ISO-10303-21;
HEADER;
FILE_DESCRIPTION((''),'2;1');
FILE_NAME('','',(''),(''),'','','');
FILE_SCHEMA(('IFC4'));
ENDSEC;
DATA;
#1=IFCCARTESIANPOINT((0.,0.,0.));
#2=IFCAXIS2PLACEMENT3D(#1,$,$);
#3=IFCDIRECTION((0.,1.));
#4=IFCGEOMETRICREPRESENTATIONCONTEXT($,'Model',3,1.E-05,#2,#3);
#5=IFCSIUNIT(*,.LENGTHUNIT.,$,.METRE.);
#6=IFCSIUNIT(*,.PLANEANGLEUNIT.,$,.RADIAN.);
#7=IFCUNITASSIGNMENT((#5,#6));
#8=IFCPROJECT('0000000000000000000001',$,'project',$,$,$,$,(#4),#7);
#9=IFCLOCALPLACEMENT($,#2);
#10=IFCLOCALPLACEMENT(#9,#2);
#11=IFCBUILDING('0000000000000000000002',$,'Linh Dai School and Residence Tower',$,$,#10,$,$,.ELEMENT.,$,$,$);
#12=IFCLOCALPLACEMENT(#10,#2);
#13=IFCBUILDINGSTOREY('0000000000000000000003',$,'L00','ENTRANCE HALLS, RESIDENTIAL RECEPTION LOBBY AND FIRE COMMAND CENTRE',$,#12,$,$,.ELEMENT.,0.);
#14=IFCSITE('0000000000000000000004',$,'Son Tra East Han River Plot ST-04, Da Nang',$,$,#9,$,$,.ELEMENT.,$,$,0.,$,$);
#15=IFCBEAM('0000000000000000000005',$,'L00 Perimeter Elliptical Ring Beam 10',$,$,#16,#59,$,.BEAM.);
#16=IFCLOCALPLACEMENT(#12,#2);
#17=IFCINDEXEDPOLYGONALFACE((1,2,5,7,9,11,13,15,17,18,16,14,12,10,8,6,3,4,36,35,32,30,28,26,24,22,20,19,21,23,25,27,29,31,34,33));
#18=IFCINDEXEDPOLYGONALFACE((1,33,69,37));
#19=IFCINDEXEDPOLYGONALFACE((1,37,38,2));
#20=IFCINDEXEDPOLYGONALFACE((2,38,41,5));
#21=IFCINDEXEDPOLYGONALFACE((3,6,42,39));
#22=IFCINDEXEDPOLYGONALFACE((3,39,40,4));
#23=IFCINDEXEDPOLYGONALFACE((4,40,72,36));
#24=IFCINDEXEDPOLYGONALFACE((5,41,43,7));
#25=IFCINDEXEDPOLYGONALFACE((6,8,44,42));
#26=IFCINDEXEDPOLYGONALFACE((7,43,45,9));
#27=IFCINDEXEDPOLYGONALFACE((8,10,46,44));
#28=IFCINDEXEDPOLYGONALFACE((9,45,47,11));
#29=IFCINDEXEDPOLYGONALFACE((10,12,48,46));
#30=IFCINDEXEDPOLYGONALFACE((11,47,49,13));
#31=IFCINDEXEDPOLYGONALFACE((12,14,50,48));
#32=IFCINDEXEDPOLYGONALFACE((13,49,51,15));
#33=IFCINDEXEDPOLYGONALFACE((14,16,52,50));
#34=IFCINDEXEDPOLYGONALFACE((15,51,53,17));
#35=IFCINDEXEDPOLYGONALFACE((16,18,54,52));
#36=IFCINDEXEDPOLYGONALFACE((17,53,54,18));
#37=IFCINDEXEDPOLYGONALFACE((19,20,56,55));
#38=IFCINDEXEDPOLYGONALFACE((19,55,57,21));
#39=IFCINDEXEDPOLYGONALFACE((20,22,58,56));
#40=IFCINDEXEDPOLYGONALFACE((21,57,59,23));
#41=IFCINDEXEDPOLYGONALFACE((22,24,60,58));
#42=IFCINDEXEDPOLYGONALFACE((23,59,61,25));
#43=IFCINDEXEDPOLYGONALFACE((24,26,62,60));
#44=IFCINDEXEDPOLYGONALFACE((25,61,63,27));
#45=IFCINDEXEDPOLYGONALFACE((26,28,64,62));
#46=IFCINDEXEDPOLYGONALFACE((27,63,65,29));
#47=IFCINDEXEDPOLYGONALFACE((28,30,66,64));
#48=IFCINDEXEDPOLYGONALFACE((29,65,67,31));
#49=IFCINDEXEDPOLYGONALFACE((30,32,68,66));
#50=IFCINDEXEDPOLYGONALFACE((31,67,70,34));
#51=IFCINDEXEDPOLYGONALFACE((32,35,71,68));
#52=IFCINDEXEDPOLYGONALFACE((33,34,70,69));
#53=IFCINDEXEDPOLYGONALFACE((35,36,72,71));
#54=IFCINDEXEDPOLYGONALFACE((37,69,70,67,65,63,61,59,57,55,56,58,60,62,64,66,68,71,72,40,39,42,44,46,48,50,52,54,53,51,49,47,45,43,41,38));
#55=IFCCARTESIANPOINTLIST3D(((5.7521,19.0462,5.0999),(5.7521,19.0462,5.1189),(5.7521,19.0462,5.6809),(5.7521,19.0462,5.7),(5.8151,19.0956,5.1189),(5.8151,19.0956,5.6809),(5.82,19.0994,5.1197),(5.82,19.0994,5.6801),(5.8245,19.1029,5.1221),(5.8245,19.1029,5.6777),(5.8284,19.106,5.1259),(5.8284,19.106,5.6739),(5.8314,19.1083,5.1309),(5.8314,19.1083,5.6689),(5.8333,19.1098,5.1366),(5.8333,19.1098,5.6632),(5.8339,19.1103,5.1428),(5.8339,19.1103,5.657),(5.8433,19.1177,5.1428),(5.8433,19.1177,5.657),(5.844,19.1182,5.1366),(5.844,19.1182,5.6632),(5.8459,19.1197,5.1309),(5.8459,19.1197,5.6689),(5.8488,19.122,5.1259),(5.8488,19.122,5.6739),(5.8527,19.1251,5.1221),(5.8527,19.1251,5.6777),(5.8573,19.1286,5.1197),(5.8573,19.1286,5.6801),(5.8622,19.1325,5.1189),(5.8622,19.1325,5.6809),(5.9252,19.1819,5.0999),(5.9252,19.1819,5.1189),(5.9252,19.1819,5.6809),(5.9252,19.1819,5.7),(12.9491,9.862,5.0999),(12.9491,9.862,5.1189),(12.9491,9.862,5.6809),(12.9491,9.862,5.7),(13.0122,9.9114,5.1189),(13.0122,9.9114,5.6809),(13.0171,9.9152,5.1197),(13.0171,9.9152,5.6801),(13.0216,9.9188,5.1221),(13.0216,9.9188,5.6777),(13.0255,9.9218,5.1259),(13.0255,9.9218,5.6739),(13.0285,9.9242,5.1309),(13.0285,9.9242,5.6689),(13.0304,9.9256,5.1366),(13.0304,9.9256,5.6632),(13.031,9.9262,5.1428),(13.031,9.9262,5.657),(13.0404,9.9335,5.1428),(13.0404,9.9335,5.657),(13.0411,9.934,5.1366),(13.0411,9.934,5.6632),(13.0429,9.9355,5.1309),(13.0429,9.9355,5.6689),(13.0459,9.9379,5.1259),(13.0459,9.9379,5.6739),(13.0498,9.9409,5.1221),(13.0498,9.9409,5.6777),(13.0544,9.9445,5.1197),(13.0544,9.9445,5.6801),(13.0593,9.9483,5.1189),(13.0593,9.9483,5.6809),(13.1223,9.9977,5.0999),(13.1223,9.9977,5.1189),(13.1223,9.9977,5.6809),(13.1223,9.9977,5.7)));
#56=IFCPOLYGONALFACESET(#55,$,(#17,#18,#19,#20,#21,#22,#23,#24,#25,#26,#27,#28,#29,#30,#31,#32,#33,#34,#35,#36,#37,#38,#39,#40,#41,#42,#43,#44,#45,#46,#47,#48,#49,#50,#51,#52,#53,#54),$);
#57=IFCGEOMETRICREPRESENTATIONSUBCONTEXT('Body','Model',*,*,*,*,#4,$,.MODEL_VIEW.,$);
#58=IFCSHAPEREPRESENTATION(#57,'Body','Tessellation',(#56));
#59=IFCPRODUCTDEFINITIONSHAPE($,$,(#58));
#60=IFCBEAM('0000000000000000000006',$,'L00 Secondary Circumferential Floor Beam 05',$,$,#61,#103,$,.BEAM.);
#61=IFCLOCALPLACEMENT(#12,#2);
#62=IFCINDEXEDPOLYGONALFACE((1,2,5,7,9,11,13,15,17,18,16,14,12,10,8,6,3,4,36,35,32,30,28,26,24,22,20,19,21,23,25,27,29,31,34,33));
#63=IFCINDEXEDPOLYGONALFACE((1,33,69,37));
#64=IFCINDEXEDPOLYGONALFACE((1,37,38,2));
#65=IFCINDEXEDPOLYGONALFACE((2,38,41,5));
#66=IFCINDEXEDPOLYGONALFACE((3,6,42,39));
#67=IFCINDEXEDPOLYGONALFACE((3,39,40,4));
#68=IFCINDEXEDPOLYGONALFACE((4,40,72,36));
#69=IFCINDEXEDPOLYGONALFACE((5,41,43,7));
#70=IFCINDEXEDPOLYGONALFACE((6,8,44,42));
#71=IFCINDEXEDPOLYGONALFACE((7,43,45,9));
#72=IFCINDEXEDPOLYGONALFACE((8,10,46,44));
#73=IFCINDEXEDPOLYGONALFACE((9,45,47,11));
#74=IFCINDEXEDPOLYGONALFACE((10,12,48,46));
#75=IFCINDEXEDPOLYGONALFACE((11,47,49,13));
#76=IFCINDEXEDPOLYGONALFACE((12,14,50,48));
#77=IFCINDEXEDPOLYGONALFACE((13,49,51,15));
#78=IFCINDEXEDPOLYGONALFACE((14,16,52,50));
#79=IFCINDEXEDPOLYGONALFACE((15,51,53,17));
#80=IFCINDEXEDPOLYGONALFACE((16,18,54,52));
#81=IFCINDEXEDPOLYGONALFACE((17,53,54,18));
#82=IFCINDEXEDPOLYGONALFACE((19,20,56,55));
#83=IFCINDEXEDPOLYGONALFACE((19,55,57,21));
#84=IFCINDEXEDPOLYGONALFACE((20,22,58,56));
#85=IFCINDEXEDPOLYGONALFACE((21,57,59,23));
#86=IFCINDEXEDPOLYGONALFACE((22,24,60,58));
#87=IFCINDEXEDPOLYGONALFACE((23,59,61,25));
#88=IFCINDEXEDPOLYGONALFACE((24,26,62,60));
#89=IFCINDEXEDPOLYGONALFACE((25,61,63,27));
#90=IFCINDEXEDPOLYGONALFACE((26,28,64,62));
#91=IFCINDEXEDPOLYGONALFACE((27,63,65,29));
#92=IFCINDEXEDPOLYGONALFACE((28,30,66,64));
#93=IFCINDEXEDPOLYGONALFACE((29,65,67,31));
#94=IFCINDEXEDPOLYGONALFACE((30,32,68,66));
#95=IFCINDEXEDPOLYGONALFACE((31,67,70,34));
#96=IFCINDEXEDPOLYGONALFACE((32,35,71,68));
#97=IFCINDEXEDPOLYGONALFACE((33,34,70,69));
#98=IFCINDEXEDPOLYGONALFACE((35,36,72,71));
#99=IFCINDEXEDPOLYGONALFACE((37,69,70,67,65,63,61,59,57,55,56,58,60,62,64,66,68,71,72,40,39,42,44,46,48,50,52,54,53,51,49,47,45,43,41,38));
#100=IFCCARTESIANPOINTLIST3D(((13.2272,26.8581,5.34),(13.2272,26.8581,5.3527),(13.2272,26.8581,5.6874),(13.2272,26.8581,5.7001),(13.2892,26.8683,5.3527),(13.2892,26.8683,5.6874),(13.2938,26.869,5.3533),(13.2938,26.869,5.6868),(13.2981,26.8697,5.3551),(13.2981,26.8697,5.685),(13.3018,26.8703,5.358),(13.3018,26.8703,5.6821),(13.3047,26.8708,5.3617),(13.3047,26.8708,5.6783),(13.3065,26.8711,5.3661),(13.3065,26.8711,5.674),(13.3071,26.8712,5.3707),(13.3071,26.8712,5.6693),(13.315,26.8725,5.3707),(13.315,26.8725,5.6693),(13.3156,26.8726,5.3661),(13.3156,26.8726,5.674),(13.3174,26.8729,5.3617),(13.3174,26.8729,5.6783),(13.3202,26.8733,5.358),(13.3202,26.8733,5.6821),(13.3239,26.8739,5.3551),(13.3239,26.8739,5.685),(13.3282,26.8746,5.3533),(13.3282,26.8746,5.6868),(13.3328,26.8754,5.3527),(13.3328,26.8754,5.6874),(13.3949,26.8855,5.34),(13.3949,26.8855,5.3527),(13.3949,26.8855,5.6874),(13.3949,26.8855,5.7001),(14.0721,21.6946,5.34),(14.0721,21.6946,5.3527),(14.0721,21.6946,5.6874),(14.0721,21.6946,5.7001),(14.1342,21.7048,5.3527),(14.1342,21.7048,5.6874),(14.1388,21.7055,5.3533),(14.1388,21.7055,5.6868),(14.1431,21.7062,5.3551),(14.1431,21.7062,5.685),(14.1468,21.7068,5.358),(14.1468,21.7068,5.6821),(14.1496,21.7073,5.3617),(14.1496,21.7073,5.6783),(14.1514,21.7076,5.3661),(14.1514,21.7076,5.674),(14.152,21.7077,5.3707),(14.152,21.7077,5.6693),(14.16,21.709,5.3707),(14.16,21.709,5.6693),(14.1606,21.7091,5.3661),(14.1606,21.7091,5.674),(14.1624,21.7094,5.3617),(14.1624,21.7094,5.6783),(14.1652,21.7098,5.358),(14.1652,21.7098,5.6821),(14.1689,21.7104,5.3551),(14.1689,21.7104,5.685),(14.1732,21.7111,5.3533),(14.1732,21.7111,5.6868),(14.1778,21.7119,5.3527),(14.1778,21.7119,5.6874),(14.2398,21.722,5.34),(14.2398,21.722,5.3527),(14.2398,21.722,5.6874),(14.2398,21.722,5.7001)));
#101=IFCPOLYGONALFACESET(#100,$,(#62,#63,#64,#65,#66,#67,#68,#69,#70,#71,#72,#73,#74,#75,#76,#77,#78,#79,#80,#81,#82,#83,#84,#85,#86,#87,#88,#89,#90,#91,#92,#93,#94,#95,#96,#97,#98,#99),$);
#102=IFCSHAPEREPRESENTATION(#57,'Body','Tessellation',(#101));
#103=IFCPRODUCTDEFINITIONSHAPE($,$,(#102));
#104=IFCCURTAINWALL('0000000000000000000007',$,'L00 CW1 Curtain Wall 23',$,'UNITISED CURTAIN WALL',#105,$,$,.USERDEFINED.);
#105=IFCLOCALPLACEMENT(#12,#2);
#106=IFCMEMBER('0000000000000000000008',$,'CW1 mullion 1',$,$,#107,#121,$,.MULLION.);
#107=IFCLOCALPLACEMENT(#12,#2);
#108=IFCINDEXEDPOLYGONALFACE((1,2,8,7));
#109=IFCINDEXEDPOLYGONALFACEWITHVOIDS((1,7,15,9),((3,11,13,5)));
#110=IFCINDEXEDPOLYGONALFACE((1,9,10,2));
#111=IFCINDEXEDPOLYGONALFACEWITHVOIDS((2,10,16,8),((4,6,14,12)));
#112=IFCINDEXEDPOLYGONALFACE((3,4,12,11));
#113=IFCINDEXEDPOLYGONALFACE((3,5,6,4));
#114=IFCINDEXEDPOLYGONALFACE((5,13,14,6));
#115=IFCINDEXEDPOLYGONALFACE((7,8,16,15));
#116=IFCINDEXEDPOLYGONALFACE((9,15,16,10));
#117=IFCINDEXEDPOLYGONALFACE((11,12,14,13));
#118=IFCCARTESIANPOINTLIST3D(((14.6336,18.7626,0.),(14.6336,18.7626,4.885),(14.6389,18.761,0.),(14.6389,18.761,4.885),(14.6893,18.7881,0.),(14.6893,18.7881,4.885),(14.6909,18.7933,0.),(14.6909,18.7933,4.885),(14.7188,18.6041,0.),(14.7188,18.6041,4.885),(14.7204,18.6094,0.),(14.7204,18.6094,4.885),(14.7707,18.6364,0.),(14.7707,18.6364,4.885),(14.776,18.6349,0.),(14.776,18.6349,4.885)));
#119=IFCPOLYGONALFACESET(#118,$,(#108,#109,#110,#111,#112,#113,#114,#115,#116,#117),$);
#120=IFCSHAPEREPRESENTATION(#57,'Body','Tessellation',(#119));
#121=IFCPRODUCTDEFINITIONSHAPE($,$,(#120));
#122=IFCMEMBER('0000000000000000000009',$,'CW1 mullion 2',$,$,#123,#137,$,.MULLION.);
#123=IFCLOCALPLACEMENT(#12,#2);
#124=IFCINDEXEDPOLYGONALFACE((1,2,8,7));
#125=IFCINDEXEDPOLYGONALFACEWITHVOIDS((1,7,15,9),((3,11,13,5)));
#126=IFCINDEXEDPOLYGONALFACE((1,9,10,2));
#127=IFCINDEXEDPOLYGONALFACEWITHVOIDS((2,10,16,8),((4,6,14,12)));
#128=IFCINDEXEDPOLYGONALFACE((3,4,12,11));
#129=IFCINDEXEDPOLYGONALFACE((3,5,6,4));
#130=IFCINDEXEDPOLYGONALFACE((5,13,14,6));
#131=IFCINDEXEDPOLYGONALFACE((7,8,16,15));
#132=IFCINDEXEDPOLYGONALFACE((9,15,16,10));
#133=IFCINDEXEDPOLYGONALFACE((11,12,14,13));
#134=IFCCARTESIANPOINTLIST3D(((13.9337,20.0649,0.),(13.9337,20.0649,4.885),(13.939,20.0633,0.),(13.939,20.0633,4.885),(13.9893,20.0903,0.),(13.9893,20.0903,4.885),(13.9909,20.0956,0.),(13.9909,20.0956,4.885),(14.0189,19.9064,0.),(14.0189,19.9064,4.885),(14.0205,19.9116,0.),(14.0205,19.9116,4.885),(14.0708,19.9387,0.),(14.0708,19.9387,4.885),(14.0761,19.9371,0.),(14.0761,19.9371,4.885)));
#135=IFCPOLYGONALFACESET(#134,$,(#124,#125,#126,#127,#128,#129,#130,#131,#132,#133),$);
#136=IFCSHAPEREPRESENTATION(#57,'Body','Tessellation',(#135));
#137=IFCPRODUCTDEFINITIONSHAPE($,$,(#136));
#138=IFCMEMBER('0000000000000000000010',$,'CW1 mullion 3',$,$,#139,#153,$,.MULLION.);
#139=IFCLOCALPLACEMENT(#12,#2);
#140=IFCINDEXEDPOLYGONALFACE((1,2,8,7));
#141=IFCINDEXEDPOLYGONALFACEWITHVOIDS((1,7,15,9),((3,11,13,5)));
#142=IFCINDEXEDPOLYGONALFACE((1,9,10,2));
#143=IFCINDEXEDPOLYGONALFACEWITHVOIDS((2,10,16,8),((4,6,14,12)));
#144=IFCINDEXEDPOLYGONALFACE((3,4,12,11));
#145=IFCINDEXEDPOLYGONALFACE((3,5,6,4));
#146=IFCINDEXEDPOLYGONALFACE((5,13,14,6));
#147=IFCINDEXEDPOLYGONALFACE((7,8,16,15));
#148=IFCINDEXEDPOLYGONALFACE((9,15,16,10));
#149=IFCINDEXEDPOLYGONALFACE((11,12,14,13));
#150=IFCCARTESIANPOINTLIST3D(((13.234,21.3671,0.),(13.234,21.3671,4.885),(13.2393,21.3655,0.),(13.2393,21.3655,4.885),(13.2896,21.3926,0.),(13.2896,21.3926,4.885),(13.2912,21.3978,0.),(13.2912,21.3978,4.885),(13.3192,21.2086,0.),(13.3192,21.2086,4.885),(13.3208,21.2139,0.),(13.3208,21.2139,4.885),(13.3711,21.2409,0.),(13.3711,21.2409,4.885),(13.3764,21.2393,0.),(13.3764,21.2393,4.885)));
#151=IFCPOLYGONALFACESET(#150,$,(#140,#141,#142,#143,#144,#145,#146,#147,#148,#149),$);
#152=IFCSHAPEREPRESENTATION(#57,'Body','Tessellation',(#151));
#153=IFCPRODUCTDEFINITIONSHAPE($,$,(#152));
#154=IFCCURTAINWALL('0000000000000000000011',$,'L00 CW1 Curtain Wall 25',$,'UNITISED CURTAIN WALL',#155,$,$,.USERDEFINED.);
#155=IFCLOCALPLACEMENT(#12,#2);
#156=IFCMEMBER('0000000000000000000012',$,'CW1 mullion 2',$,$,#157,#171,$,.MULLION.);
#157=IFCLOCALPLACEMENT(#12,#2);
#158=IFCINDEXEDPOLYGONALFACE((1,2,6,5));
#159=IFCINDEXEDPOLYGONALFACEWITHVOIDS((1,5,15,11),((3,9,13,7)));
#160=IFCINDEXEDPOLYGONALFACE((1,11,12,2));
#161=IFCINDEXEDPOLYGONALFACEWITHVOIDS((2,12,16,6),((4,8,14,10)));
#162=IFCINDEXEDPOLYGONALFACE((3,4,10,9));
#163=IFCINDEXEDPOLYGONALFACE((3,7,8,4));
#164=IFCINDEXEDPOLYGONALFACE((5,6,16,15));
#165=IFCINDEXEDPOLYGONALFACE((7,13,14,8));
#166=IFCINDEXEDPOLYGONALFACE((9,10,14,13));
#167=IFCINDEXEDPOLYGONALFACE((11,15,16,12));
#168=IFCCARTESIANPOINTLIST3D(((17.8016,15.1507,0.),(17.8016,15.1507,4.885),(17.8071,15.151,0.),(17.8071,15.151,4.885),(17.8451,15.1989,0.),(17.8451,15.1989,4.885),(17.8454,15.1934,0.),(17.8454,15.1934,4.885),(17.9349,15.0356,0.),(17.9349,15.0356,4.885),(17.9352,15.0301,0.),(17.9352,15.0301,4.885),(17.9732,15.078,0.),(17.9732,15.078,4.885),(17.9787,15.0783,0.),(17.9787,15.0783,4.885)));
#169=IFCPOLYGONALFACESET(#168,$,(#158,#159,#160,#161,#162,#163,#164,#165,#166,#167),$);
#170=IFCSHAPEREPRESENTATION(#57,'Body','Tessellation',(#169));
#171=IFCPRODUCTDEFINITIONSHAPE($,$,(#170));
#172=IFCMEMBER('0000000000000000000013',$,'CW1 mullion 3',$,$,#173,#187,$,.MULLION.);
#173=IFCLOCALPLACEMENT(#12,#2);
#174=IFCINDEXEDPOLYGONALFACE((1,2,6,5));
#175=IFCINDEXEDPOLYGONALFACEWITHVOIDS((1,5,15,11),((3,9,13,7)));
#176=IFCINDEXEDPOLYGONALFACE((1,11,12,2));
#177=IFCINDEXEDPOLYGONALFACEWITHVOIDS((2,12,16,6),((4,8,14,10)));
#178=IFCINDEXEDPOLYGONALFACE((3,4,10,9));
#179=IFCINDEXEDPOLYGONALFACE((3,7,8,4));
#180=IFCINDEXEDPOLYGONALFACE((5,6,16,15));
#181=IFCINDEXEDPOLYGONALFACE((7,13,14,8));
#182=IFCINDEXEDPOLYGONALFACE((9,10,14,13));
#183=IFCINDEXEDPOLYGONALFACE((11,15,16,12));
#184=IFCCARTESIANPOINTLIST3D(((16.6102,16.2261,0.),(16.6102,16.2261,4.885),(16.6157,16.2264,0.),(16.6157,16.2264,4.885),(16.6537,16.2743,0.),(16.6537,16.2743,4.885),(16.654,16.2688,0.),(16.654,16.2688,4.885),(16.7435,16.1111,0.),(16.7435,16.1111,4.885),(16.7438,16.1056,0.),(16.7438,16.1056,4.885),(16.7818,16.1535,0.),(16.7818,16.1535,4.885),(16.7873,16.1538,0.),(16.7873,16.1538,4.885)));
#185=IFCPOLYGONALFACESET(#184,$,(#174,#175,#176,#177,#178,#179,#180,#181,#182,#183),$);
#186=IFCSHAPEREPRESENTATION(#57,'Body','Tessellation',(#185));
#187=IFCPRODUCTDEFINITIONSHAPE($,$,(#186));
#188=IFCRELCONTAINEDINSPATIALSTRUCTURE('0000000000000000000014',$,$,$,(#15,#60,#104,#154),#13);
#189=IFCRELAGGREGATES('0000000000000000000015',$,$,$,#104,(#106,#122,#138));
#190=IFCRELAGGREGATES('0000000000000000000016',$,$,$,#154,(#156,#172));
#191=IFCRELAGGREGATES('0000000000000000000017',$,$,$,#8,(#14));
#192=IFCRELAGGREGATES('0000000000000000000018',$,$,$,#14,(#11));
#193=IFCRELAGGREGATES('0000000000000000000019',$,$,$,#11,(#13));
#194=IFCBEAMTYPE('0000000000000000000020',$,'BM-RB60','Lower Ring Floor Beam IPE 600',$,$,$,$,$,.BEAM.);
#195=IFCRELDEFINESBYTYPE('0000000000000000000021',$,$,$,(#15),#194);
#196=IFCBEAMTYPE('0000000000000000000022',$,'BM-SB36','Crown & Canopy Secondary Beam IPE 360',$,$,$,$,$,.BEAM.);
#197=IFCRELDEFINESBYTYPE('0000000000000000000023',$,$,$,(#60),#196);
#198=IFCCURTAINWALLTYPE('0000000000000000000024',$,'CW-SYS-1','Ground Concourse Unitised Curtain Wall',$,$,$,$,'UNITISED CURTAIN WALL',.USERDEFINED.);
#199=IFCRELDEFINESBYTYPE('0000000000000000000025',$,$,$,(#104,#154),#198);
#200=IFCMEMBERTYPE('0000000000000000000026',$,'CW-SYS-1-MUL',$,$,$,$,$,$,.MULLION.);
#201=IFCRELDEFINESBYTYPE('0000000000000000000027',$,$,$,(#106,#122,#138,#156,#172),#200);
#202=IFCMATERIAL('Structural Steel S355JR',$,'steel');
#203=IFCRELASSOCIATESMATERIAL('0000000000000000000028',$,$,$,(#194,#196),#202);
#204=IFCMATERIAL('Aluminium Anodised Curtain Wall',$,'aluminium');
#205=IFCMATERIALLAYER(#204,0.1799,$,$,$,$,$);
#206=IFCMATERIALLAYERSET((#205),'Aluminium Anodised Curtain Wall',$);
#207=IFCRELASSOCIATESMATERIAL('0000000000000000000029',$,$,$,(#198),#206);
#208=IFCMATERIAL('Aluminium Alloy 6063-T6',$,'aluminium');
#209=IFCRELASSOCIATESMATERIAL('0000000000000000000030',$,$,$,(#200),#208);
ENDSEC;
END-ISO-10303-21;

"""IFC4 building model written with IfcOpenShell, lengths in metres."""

from ifc_helpers import new_model, si_unit, direction, frame, origin, origin_2d, place, context, subcontext, project, spatial, hollow_rectangle, i_section, extrude, source, transform, mapped, material, layer, layer_set, material_profile, profile_set, type_object, element, aggregate, save


model = new_model("IFC4")

# Units and contexts
model_context = context("Model", 3, precision=1e-05, world=origin(), true_north=direction((0.0, 1.0)))
body_context = subcontext(model_context, "Body", "Model", "MODEL_VIEW")
ifc_project = project(units=[si_unit("LENGTHUNIT", "METRE"), si_unit("PLANEANGLEUNIT", "RADIAN")], contexts=[model_context])

# Site, building, storey
site_placement = place(None, origin())
site = spatial("IfcSite", under=ifc_project, at=site_placement, Name="Son Tra East Han River Plot ST-04, Da Nang", CompositionType="ELEMENT", RefElevation=0.0)
building_placement = place(site_placement, origin())
building = spatial("IfcBuilding", under=site, at=building_placement, Name="Linh Dai School and Residence Tower", CompositionType="ELEMENT")
storey_placement = place(building_placement, origin())
storey = spatial("IfcBuildingStorey", under=building, at=storey_placement, Name="L00", Description="ENTRANCE HALLS, RESIDENTIAL RECEPTION LOBBY AND FIRE COMMAND CENTRE", CompositionType="ELEMENT", Elevation=0.0)

# Shared definitions
ifc_material_1 = material(Name="Structural Steel S355JR", Category="steel")

# Beams
ifc_material_profile_1 = material_profile(ifc_material_1, i_section(OverallWidth=0.22, OverallDepth=0.6001, WebThickness=0.012, FlangeThickness=0.019, FilletRadius=0.0239, at=origin_2d()), Name="IPE 600")
ifc_profile_set_1 = profile_set([ifc_material_profile_1], Name="Structural Steel S355JR")
beam_type_1 = type_object("IfcBeamType", Name="BM-RB60", Description="Lower Ring Floor Beam IPE 600", PredefinedType="BEAM", material=ifc_profile_set_1)
beam_1_placement = place(storey_placement, frame((5.8386, 19.114, 5.3999), z_axis=(0.616812, -0.787111, 0.0), x_axis=(0.787111, 0.616812, 0.0)))
element("IfcBeam", 1, at=beam_1_placement, inside=storey, type_object=beam_type_1, Name="L00 Perimeter Elliptical Ring Beam 10", PredefinedType="BEAM", context=body_context, shape_type="SweptSolid", body=[
    extrude(i_section(OverallWidth=0.22, OverallDepth=0.6001, WebThickness=0.012, FlangeThickness=0.019, FilletRadius=0.0239, at=origin_2d()), origin(), (0.0, 0.0, 1.0), 11.6682),
])
ifc_material_profile_2 = material_profile(ifc_material_1, i_section(OverallWidth=0.1699, OverallDepth=0.3601, WebThickness=0.0081, FlangeThickness=0.0127, FilletRadius=0.0181, at=origin_2d()), Name="IPE 360")
ifc_profile_set_2 = profile_set([ifc_material_profile_2], Name="Structural Steel S355JR")
beam_type_2 = type_object("IfcBeamType", Name="BM-SB36", Description="Crown & Canopy Secondary Beam IPE 360", PredefinedType="BEAM", material=ifc_profile_set_2)
beam_2_placement = place(storey_placement, frame((13.311, 26.8718, 5.52), z_axis=(0.161493, -0.986874, 0.0), x_axis=(0.986874, 0.161493, 0.0)))
element("IfcBeam", 2, at=beam_2_placement, inside=storey, type_object=beam_type_2, Name="L00 Secondary Circumferential Floor Beam 05", PredefinedType="BEAM", context=body_context, shape_type="SweptSolid", body=[
    extrude(i_section(OverallWidth=0.1699, OverallDepth=0.3601, WebThickness=0.0081, FlangeThickness=0.0127, FilletRadius=0.0181, at=origin_2d()), origin(), (0.0, 0.0, 1.0), 5.2322),
])

# Curtain walls, members
ifc_material_2 = material(Name="Aluminium Anodised Curtain Wall", Category="aluminium")
ifc_layer_1 = layer(ifc_material_2, 0.1799)
ifc_layer_set_1 = layer_set([ifc_layer_1], Name="Aluminium Anodised Curtain Wall")
curtain_wall_type = type_object("IfcCurtainWallType", Name="CW-SYS-1", Description="Ground Concourse Unitised Curtain Wall", ElementType="UNITISED CURTAIN WALL", PredefinedType="USERDEFINED", material=ifc_layer_set_1)
curtain_wall_1_placement = place(storey_placement, origin())
curtain_wall_1 = element("IfcCurtainWall", 3, at=curtain_wall_1_placement, inside=storey, type_object=curtain_wall_type, Name="L00 CW1 Curtain Wall 23", ObjectType="UNITISED CURTAIN WALL", PredefinedType="USERDEFINED")
ifc_material_3 = material(Name="Aluminium Alloy 6063-T6", Category="aluminium")
ifc_material_profile_3 = material_profile(ifc_material_3, hollow_rectangle(XDim=0.0649, YDim=0.1799, WallThickness=0.0039, at=origin_2d()), Name="RHS 180x65x4")
ifc_profile_set_3 = profile_set([ifc_material_profile_3], Name="Aluminium Alloy 6063-T6")
member_type_1 = type_object("IfcMemberType", Name="CW-SYS-1-MUL", PredefinedType="MULLION", material=ifc_profile_set_3)
shared_shape_1 = source(origin(), body_context, "Body", "SweptSolid", [
    extrude(hollow_rectangle(XDim=0.0649, YDim=0.1799, WallThickness=0.0039, at=origin_2d()), origin(), (0.0, 0.0, 1.0), 4.885),
])
member_1_placement = place(storey_placement, frame((14.7048, 18.6987, 0.0), z_axis=(0.0, 0.0, 1.0), x_axis=(-0.880872, -0.473355, 0.0)))
member_1 = element("IfcMember", 4, at=member_1_placement, type_object=member_type_1, Name="CW1 mullion 1", PredefinedType="MULLION", context=body_context, shape_type="MappedRepresentation", body=[
    mapped(shared_shape_1, transform((0.0, 0.0, 0.0), x_axis=(1.0, 0.0, 0.0), y_axis=(0.0, 1.0, 0.0), z_axis=(0.0, 0.0, 1.0), scale=1.0)),
])
member_2_placement = place(storey_placement, frame((14.0049, 20.001, 0.0), z_axis=(0.0, 0.0, 1.0), x_axis=(-0.880872, -0.473355, 0.0)))
member_2 = element("IfcMember", 5, at=member_2_placement, type_object=member_type_1, Name="CW1 mullion 2", PredefinedType="MULLION", context=body_context, shape_type="MappedRepresentation", body=[
    mapped(shared_shape_1, transform((0.0, 0.0, 0.0), x_axis=(1.0, 0.0, 0.0), y_axis=(0.0, 1.0, 0.0), z_axis=(0.0, 0.0, 1.0), scale=1.0)),
])
member_3_placement = place(storey_placement, frame((13.3052, 21.3032, 0.0), z_axis=(0.0, 0.0, 1.0), x_axis=(-0.880872, -0.473355, 0.0)))
member_3 = element("IfcMember", 6, at=member_3_placement, type_object=member_type_1, Name="CW1 mullion 3", PredefinedType="MULLION", context=body_context, shape_type="MappedRepresentation", body=[
    mapped(shared_shape_1, transform((0.0, 0.0, 0.0), x_axis=(1.0, 0.0, 0.0), y_axis=(0.0, 1.0, 0.0), z_axis=(0.0, 0.0, 1.0), scale=1.0)),
])
curtain_wall_2_placement = place(storey_placement, origin())
curtain_wall_2 = element("IfcCurtainWall", 7, at=curtain_wall_2_placement, inside=storey, type_object=curtain_wall_type, Name="L00 CW1 Curtain Wall 25", ObjectType="UNITISED CURTAIN WALL", PredefinedType="USERDEFINED")
member_4_placement = place(storey_placement, frame((17.8901, 15.1145, 0.0), z_axis=(0.0, 0.0, 1.0), x_axis=(-0.669995, -0.742366, 0.0)))
member_4 = element("IfcMember", 8, at=member_4_placement, type_object=member_type_1, Name="CW1 mullion 2", PredefinedType="MULLION", context=body_context, shape_type="MappedRepresentation", body=[
    mapped(shared_shape_1, transform((0.0, 0.0, 0.0), x_axis=(1.0, 0.0, 0.0), y_axis=(0.0, 1.0, 0.0), z_axis=(0.0, 0.0, 1.0), scale=1.0)),
])
member_5_placement = place(storey_placement, frame((16.6987, 16.1899, 0.0), z_axis=(0.0, 0.0, 1.0), x_axis=(-0.669995, -0.742366, 0.0)))
member_5 = element("IfcMember", 9, at=member_5_placement, type_object=member_type_1, Name="CW1 mullion 3", PredefinedType="MULLION", context=body_context, shape_type="MappedRepresentation", body=[
    mapped(shared_shape_1, transform((0.0, 0.0, 0.0), x_axis=(1.0, 0.0, 0.0), y_axis=(0.0, 1.0, 0.0), z_axis=(0.0, 0.0, 1.0), scale=1.0)),
])

aggregate(curtain_wall_1, [member_1, member_2, member_3])
aggregate(curtain_wall_2, [member_4, member_5])

save(model, "model.ifc")
